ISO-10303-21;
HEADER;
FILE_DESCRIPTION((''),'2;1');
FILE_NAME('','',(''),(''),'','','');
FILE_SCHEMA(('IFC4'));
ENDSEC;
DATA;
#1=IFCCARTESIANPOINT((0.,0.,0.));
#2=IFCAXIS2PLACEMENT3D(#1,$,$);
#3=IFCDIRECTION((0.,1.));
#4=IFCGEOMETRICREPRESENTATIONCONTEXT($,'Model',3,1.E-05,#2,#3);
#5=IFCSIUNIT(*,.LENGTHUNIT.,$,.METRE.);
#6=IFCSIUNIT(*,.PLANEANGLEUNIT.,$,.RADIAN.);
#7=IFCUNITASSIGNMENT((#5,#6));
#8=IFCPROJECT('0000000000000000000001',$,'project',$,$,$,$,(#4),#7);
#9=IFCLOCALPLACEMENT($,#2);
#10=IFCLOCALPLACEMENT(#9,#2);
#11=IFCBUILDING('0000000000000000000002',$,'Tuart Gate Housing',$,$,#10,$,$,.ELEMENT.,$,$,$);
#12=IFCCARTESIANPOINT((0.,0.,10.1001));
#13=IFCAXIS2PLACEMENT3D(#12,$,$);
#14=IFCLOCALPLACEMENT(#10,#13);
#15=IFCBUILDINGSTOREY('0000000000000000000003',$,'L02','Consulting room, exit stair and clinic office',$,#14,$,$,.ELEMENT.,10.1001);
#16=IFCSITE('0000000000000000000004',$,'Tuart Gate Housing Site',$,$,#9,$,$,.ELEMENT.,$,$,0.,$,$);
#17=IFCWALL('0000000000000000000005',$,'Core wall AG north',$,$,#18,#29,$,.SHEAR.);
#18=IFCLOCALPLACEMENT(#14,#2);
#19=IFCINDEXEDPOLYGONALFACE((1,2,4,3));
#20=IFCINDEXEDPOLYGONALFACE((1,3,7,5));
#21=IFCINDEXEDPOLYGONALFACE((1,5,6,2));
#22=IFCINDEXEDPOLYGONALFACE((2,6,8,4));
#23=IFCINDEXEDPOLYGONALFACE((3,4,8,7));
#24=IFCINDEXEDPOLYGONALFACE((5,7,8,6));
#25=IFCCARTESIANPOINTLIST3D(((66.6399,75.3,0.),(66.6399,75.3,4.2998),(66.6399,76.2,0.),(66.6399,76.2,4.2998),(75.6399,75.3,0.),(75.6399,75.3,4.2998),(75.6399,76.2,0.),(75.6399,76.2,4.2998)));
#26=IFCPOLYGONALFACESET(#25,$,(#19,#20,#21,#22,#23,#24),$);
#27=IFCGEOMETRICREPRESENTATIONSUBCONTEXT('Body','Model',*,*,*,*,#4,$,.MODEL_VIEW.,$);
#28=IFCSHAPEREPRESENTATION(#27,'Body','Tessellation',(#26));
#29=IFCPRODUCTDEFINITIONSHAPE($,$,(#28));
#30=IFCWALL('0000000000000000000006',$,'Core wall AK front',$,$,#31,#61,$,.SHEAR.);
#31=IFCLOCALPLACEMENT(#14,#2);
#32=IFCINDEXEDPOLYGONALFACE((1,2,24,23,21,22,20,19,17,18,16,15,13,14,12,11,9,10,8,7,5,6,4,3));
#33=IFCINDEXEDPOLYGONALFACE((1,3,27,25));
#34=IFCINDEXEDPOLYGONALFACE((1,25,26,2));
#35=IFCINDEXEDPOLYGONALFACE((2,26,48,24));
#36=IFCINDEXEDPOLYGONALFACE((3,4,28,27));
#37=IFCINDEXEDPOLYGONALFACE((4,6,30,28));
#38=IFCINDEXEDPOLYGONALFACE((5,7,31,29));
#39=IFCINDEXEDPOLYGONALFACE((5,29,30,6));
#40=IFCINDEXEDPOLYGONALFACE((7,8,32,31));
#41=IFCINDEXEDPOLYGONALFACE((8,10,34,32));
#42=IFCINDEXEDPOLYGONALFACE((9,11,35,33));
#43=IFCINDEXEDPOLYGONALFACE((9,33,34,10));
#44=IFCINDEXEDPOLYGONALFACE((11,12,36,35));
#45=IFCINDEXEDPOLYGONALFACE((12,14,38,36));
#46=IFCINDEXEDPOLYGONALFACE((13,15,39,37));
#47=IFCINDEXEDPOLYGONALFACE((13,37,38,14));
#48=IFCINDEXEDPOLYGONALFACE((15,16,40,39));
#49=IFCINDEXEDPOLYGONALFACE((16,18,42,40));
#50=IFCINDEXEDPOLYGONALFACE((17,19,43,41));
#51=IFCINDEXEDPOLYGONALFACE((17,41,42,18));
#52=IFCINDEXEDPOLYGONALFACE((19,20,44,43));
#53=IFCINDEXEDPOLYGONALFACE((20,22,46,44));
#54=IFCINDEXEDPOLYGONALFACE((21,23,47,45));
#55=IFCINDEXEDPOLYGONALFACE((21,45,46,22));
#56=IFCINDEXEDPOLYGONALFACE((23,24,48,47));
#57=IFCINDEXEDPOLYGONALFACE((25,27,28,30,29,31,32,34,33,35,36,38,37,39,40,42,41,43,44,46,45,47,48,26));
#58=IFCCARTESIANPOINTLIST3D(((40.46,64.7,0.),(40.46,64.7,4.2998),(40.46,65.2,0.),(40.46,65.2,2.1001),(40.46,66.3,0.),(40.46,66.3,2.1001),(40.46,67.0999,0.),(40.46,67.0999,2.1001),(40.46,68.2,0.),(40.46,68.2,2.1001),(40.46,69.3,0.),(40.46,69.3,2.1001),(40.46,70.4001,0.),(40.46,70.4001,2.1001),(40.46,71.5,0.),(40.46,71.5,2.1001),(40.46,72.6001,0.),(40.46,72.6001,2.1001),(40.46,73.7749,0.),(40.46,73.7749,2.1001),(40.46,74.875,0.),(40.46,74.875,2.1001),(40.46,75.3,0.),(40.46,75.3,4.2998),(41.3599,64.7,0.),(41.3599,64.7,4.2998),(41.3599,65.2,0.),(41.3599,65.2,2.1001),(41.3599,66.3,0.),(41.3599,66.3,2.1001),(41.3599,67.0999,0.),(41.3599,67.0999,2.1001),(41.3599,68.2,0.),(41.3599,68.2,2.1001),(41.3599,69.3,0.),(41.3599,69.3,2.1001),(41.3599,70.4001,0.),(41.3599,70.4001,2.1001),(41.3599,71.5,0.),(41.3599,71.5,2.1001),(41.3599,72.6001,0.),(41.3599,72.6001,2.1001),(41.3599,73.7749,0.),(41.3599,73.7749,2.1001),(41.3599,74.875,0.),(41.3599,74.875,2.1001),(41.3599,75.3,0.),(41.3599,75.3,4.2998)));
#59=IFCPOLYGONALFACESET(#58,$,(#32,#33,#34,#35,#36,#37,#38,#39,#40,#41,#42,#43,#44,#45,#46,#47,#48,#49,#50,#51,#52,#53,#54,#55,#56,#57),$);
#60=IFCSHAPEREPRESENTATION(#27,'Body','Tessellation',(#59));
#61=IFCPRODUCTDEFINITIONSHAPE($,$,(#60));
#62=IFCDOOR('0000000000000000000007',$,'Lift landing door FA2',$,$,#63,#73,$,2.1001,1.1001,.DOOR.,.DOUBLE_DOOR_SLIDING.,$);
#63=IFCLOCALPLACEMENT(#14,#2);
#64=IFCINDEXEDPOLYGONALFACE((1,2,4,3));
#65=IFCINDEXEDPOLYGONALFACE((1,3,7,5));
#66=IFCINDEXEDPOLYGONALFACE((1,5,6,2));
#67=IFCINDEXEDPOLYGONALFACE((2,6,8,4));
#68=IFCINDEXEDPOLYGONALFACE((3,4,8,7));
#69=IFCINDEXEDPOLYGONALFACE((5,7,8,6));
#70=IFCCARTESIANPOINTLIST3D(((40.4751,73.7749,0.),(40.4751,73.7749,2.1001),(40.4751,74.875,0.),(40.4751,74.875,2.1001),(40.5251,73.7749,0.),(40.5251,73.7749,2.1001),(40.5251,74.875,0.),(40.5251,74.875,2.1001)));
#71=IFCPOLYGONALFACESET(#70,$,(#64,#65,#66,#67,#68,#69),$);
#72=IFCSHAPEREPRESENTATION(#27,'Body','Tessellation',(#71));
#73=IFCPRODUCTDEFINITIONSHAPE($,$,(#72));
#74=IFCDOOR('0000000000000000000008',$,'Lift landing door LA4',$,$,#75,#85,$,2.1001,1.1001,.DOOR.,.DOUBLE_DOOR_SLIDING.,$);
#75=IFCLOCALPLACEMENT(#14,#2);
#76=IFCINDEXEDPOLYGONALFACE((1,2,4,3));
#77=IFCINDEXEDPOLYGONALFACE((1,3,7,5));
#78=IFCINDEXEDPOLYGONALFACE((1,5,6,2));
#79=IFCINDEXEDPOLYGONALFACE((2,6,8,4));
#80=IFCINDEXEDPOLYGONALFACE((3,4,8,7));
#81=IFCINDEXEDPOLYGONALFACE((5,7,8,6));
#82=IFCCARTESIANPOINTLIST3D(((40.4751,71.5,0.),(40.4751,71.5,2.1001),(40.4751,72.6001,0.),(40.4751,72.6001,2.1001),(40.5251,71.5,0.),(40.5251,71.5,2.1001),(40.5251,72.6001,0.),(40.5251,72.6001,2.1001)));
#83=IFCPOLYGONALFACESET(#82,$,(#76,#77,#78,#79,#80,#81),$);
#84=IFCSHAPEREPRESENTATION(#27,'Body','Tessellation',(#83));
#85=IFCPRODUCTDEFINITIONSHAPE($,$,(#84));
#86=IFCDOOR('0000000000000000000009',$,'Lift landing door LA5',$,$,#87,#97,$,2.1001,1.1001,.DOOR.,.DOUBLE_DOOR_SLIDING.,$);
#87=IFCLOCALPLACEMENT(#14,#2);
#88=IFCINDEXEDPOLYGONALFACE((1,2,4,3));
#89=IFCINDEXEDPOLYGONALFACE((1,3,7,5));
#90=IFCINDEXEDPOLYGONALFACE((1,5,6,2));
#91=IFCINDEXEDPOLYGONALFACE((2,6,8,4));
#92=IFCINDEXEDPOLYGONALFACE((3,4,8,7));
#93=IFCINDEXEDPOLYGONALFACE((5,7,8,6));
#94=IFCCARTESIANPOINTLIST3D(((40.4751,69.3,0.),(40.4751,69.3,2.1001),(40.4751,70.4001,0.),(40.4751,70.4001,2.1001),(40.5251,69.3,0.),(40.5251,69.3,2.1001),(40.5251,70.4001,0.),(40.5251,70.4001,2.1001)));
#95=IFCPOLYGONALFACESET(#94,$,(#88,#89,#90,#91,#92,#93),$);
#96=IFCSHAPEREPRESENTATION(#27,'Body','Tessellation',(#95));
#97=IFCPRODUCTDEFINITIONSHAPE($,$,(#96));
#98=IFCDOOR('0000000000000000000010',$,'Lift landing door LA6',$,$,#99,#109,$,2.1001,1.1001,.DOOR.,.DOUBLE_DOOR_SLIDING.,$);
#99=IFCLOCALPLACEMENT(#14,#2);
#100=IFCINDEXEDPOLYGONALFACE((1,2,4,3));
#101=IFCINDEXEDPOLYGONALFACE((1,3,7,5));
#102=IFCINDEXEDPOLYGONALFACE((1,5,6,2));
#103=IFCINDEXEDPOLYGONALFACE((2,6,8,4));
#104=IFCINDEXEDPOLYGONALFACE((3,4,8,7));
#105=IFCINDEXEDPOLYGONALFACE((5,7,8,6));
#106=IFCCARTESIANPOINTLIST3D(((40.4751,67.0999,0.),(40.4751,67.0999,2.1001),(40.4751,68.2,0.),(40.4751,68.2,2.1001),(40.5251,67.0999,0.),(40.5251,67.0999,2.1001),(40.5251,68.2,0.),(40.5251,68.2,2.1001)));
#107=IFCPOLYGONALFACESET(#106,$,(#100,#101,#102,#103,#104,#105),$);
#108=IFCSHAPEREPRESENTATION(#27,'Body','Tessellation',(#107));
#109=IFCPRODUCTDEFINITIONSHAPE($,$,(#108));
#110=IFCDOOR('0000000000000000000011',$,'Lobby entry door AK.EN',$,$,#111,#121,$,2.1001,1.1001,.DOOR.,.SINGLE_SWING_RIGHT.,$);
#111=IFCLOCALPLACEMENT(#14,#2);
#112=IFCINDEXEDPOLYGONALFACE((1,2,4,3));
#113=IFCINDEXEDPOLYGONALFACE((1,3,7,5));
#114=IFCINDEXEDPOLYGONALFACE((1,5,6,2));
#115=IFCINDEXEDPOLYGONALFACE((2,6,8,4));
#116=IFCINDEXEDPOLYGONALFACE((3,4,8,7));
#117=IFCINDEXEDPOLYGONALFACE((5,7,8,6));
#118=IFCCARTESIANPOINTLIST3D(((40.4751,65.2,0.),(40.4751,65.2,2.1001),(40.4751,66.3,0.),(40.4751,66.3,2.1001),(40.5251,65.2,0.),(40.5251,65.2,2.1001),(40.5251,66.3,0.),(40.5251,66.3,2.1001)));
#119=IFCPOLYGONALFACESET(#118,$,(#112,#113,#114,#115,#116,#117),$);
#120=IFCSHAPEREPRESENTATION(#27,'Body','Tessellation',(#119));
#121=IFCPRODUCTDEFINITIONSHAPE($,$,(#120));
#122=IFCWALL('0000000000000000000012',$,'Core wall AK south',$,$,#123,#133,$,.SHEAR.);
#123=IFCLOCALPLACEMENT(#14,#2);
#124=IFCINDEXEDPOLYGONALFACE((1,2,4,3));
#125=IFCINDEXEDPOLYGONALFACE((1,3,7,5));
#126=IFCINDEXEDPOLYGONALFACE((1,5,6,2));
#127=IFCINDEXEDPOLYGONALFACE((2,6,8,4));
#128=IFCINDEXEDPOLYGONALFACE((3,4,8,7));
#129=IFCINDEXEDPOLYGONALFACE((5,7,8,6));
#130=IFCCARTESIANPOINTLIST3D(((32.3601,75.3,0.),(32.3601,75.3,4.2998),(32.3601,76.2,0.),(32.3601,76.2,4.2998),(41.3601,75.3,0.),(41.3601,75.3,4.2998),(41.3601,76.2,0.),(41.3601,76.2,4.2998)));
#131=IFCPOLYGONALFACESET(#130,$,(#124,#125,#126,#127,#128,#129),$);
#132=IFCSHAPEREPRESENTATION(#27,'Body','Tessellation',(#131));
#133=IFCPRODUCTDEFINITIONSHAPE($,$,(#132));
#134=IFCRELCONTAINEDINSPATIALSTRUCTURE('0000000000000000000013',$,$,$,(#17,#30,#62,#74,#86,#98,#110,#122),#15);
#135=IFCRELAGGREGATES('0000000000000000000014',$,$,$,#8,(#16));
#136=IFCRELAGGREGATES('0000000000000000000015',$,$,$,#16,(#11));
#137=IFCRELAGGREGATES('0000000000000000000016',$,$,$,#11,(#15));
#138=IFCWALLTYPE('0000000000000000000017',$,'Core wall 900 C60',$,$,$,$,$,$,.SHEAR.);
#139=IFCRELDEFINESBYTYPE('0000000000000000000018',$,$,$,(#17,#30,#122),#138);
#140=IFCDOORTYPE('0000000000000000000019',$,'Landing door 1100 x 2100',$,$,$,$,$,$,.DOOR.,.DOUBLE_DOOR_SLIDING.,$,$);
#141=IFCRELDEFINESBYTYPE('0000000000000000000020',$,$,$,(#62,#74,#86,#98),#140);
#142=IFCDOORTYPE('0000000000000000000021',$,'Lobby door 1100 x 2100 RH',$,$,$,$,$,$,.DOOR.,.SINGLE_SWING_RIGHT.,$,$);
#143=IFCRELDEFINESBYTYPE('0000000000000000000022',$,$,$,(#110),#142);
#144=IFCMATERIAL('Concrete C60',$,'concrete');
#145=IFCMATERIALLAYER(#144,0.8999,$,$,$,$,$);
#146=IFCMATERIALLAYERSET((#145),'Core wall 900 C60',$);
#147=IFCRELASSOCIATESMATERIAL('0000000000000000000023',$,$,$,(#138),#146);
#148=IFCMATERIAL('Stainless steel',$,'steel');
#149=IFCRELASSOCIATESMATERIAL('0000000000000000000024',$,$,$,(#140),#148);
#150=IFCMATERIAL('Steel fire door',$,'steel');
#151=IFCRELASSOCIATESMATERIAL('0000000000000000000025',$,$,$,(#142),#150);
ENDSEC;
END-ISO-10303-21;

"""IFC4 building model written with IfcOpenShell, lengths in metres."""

from ifc_helpers import new_model, si_unit, direction, frame, frame_2d, origin, place, context, subcontext, project, spatial, rectangle, extrude, material, layer, layer_set, type_object, element, fill, save


model = new_model("IFC4")

# Units and contexts
model_context = context("Model", 3, precision=1e-05, world=origin(), true_north=direction((0.0, 1.0)))
body_context = subcontext(model_context, "Body", "Model", "MODEL_VIEW")
ifc_project = project(units=[si_unit("LENGTHUNIT", "METRE"), si_unit("PLANEANGLEUNIT", "RADIAN")], contexts=[model_context])

# Site, building, storey
site_placement = place(None, origin())
site = spatial("IfcSite", under=ifc_project, at=site_placement, Name="Tuart Gate Housing Site", CompositionType="ELEMENT", RefElevation=0.0)
building_placement = place(site_placement, origin())
building = spatial("IfcBuilding", under=site, at=building_placement, Name="Tuart Gate Housing", CompositionType="ELEMENT")
storey_placement = place(building_placement, frame((0.0, 0.0, 10.1001)))
storey = spatial("IfcBuildingStorey", under=building, at=storey_placement, Name="L02", Description="Consulting room, exit stair and clinic office", CompositionType="ELEMENT", Elevation=10.1001)

# Wall
ifc_material_1 = material(Name="Concrete C60", Category="concrete")
ifc_layer_1 = layer(ifc_material_1, 0.8999)
ifc_layer_set_1 = layer_set([ifc_layer_1], Name="Core wall 900 C60")
wall_type_1 = type_object("IfcWallType", Name="Core wall 900 C60", PredefinedType="SHEAR", material=ifc_layer_set_1)
wall_1_placement = place(storey_placement, frame((66.6399, 75.75, 0.0), z_axis=(0.0, 0.0, 1.0), x_axis=(1.0, 0.0, 0.0)))
element("IfcWall", 1, at=wall_1_placement, inside=storey, type_object=wall_type_1, Name="Core wall AG north", PredefinedType="SHEAR", context=body_context, shape_type="SweptSolid", body=[
    extrude(rectangle(XDim=9.0, YDim=0.8999, at=frame_2d((4.5, 0.0))), origin(), (0.0, 0.0, 1.0), 4.2998),
])

# Wall, openings, doors
wall_2_placement = place(storey_placement, frame((40.9099, 75.3, 0.0), z_axis=(0.0, 0.0, 1.0), x_axis=(0.0, -1.0, 0.0)))
wall_2 = element("IfcWall", 2, at=wall_2_placement, inside=storey, type_object=wall_type_1, Name="Core wall AK front", PredefinedType="SHEAR", context=body_context, shape_type="SweptSolid", body=[
    extrude(rectangle(XDim=10.6001, YDim=0.8999, at=frame_2d((5.3, 0.0))), origin(), (0.0, 0.0, 1.0), 4.2998),
])
opening_1_placement = place(wall_2_placement, frame((0.425, 0.0, 0.0)))
opening_1 = element("IfcOpeningElement", 3, at=opening_1_placement, cuts=wall_2, PredefinedType="OPENING", context=body_context, shape_type="SweptSolid", body=[
    extrude(rectangle(XDim=1.1001, YDim=2.1001, at=frame_2d((0.55, 1.05))), frame((0.0, 0.46, 0.0), z_axis=(0.0, -1.0, 0.0), x_axis=(1.0, 0.0, 0.0)), (0.0, 0.0, 1.0), 0.9199),
])
opening_2_placement = place(wall_2_placement, frame((2.7, 0.0, 0.0)))
opening_2 = element("IfcOpeningElement", 4, at=opening_2_placement, cuts=wall_2, PredefinedType="OPENING", context=body_context, shape_type="SweptSolid", body=[
    extrude(rectangle(XDim=1.1001, YDim=2.1001, at=frame_2d((0.55, 1.05))), frame((0.0, 0.46, 0.0), z_axis=(0.0, -1.0, 0.0), x_axis=(1.0, 0.0, 0.0)), (0.0, 0.0, 1.0), 0.9199),
])
opening_3_placement = place(wall_2_placement, frame((4.8999, 0.0, 0.0)))
opening_3 = element("IfcOpeningElement", 5, at=opening_3_placement, cuts=wall_2, PredefinedType="OPENING", context=body_context, shape_type="SweptSolid", body=[
    extrude(rectangle(XDim=1.1001, YDim=2.1001, at=frame_2d((0.55, 1.05))), frame((0.0, 0.46, 0.0), z_axis=(0.0, -1.0, 0.0), x_axis=(1.0, 0.0, 0.0)), (0.0, 0.0, 1.0), 0.9199),
])
opening_4_placement = place(wall_2_placement, frame((7.1001, 0.0, 0.0)))
opening_4 = element("IfcOpeningElement", 6, at=opening_4_placement, cuts=wall_2, PredefinedType="OPENING", context=body_context, shape_type="SweptSolid", body=[
    extrude(rectangle(XDim=1.1001, YDim=2.1001, at=frame_2d((0.55, 1.05))), frame((0.0, 0.46, 0.0), z_axis=(0.0, -1.0, 0.0), x_axis=(1.0, 0.0, 0.0)), (0.0, 0.0, 1.0), 0.9199),
])
opening_5_placement = place(wall_2_placement, frame((9.0, 0.0, 0.0)))
opening_5 = element("IfcOpeningElement", 7, at=opening_5_placement, cuts=wall_2, PredefinedType="OPENING", context=body_context, shape_type="SweptSolid", body=[
    extrude(rectangle(XDim=1.1001, YDim=2.1001, at=frame_2d((0.55, 1.05))), frame((0.0, 0.46, 0.0), z_axis=(0.0, -1.0, 0.0), x_axis=(1.0, 0.0, 0.0)), (0.0, 0.0, 1.0), 0.9199),
])
ifc_material_2 = material(Name="Stainless steel", Category="steel")
door_type_1 = type_object("IfcDoorType", Name="Landing door 1100 x 2100", OperationType="DOUBLE_DOOR_SLIDING", PredefinedType="DOOR", material=ifc_material_2)
door_1_placement = place(opening_1_placement, origin())
door_1 = element("IfcDoor", 8, at=door_1_placement, inside=storey, type_object=door_type_1, Name="Lift landing door FA2", OperationType="DOUBLE_DOOR_SLIDING", OverallHeight=2.1001, OverallWidth=1.1001, PredefinedType="DOOR", context=body_context, shape_type="SweptSolid", body=[
    extrude(rectangle(XDim=1.1001, YDim=2.1001, at=frame_2d((0.55, 1.05))), frame((0.0, -0.3848, 0.0), z_axis=(0.0, -1.0, 0.0), x_axis=(1.0, 0.0, 0.0)), (0.0, 0.0, 1.0), 0.05),
])
fill(opening_1, door_1)
door_2_placement = place(opening_2_placement, origin())
door_2 = element("IfcDoor", 9, at=door_2_placement, inside=storey, type_object=door_type_1, Name="Lift landing door LA4", OperationType="DOUBLE_DOOR_SLIDING", OverallHeight=2.1001, OverallWidth=1.1001, PredefinedType="DOOR", context=body_context, shape_type="SweptSolid", body=[
    extrude(rectangle(XDim=1.1001, YDim=2.1001, at=frame_2d((0.55, 1.05))), frame((0.0, -0.3848, 0.0), z_axis=(0.0, -1.0, 0.0), x_axis=(1.0, 0.0, 0.0)), (0.0, 0.0, 1.0), 0.05),
])
fill(opening_2, door_2)
door_3_placement = place(opening_3_placement, origin())
door_3 = element("IfcDoor", 10, at=door_3_placement, inside=storey, type_object=door_type_1, Name="Lift landing door LA5", OperationType="DOUBLE_DOOR_SLIDING", OverallHeight=2.1001, OverallWidth=1.1001, PredefinedType="DOOR", context=body_context, shape_type="SweptSolid", body=[
    extrude(rectangle(XDim=1.1001, YDim=2.1001, at=frame_2d((0.55, 1.05))), frame((0.0, -0.3848, 0.0), z_axis=(0.0, -1.0, 0.0), x_axis=(1.0, 0.0, 0.0)), (0.0, 0.0, 1.0), 0.05),
])
fill(opening_3, door_3)
door_4_placement = place(opening_4_placement, origin())
door_4 = element("IfcDoor", 11, at=door_4_placement, inside=storey, type_object=door_type_1, Name="Lift landing door LA6", OperationType="DOUBLE_DOOR_SLIDING", OverallHeight=2.1001, OverallWidth=1.1001, PredefinedType="DOOR", context=body_context, shape_type="SweptSolid", body=[
    extrude(rectangle(XDim=1.1001, YDim=2.1001, at=frame_2d((0.55, 1.05))), frame((0.0, -0.3848, 0.0), z_axis=(0.0, -1.0, 0.0), x_axis=(1.0, 0.0, 0.0)), (0.0, 0.0, 1.0), 0.05),
])
fill(opening_4, door_4)
ifc_material_3 = material(Name="Steel fire door", Category="steel")
door_type_2 = type_object("IfcDoorType", Name="Lobby door 1100 x 2100 RH", OperationType="SINGLE_SWING_RIGHT", PredefinedType="DOOR", material=ifc_material_3)
door_5_placement = place(opening_5_placement, frame((1.1001, 0.0, 0.0), z_axis=(0.0, 0.0, 1.0), x_axis=(-1.0, 0.0, 0.0)))
door_5 = element("IfcDoor", 12, at=door_5_placement, inside=storey, type_object=door_type_2, Name="Lobby entry door AK.EN", OperationType="SINGLE_SWING_RIGHT", OverallHeight=2.1001, OverallWidth=1.1001, PredefinedType="DOOR", context=body_context, shape_type="SweptSolid", body=[
    extrude(rectangle(XDim=1.1001, YDim=2.1001, at=frame_2d((0.55, 1.05))), frame((0.0, 0.4348, 0.0), z_axis=(0.0, -1.0, 0.0), x_axis=(1.0, 0.0, 0.0)), (0.0, 0.0, 1.0), 0.05),
])
fill(opening_5, door_5)

# Wall
wall_3_placement = place(storey_placement, frame((41.3601, 75.75, 0.0), z_axis=(0.0, 0.0, 1.0), x_axis=(-1.0, 0.0, 0.0)))
element("IfcWall", 13, at=wall_3_placement, inside=storey, type_object=wall_type_1, Name="Core wall AK south", PredefinedType="SHEAR", context=body_context, shape_type="SweptSolid", body=[
    extrude(rectangle(XDim=9.0, YDim=0.8999, at=frame_2d((4.5, 0.0))), origin(), (0.0, 0.0, 1.0), 4.2998),
])

save(model, "model.ifc")
